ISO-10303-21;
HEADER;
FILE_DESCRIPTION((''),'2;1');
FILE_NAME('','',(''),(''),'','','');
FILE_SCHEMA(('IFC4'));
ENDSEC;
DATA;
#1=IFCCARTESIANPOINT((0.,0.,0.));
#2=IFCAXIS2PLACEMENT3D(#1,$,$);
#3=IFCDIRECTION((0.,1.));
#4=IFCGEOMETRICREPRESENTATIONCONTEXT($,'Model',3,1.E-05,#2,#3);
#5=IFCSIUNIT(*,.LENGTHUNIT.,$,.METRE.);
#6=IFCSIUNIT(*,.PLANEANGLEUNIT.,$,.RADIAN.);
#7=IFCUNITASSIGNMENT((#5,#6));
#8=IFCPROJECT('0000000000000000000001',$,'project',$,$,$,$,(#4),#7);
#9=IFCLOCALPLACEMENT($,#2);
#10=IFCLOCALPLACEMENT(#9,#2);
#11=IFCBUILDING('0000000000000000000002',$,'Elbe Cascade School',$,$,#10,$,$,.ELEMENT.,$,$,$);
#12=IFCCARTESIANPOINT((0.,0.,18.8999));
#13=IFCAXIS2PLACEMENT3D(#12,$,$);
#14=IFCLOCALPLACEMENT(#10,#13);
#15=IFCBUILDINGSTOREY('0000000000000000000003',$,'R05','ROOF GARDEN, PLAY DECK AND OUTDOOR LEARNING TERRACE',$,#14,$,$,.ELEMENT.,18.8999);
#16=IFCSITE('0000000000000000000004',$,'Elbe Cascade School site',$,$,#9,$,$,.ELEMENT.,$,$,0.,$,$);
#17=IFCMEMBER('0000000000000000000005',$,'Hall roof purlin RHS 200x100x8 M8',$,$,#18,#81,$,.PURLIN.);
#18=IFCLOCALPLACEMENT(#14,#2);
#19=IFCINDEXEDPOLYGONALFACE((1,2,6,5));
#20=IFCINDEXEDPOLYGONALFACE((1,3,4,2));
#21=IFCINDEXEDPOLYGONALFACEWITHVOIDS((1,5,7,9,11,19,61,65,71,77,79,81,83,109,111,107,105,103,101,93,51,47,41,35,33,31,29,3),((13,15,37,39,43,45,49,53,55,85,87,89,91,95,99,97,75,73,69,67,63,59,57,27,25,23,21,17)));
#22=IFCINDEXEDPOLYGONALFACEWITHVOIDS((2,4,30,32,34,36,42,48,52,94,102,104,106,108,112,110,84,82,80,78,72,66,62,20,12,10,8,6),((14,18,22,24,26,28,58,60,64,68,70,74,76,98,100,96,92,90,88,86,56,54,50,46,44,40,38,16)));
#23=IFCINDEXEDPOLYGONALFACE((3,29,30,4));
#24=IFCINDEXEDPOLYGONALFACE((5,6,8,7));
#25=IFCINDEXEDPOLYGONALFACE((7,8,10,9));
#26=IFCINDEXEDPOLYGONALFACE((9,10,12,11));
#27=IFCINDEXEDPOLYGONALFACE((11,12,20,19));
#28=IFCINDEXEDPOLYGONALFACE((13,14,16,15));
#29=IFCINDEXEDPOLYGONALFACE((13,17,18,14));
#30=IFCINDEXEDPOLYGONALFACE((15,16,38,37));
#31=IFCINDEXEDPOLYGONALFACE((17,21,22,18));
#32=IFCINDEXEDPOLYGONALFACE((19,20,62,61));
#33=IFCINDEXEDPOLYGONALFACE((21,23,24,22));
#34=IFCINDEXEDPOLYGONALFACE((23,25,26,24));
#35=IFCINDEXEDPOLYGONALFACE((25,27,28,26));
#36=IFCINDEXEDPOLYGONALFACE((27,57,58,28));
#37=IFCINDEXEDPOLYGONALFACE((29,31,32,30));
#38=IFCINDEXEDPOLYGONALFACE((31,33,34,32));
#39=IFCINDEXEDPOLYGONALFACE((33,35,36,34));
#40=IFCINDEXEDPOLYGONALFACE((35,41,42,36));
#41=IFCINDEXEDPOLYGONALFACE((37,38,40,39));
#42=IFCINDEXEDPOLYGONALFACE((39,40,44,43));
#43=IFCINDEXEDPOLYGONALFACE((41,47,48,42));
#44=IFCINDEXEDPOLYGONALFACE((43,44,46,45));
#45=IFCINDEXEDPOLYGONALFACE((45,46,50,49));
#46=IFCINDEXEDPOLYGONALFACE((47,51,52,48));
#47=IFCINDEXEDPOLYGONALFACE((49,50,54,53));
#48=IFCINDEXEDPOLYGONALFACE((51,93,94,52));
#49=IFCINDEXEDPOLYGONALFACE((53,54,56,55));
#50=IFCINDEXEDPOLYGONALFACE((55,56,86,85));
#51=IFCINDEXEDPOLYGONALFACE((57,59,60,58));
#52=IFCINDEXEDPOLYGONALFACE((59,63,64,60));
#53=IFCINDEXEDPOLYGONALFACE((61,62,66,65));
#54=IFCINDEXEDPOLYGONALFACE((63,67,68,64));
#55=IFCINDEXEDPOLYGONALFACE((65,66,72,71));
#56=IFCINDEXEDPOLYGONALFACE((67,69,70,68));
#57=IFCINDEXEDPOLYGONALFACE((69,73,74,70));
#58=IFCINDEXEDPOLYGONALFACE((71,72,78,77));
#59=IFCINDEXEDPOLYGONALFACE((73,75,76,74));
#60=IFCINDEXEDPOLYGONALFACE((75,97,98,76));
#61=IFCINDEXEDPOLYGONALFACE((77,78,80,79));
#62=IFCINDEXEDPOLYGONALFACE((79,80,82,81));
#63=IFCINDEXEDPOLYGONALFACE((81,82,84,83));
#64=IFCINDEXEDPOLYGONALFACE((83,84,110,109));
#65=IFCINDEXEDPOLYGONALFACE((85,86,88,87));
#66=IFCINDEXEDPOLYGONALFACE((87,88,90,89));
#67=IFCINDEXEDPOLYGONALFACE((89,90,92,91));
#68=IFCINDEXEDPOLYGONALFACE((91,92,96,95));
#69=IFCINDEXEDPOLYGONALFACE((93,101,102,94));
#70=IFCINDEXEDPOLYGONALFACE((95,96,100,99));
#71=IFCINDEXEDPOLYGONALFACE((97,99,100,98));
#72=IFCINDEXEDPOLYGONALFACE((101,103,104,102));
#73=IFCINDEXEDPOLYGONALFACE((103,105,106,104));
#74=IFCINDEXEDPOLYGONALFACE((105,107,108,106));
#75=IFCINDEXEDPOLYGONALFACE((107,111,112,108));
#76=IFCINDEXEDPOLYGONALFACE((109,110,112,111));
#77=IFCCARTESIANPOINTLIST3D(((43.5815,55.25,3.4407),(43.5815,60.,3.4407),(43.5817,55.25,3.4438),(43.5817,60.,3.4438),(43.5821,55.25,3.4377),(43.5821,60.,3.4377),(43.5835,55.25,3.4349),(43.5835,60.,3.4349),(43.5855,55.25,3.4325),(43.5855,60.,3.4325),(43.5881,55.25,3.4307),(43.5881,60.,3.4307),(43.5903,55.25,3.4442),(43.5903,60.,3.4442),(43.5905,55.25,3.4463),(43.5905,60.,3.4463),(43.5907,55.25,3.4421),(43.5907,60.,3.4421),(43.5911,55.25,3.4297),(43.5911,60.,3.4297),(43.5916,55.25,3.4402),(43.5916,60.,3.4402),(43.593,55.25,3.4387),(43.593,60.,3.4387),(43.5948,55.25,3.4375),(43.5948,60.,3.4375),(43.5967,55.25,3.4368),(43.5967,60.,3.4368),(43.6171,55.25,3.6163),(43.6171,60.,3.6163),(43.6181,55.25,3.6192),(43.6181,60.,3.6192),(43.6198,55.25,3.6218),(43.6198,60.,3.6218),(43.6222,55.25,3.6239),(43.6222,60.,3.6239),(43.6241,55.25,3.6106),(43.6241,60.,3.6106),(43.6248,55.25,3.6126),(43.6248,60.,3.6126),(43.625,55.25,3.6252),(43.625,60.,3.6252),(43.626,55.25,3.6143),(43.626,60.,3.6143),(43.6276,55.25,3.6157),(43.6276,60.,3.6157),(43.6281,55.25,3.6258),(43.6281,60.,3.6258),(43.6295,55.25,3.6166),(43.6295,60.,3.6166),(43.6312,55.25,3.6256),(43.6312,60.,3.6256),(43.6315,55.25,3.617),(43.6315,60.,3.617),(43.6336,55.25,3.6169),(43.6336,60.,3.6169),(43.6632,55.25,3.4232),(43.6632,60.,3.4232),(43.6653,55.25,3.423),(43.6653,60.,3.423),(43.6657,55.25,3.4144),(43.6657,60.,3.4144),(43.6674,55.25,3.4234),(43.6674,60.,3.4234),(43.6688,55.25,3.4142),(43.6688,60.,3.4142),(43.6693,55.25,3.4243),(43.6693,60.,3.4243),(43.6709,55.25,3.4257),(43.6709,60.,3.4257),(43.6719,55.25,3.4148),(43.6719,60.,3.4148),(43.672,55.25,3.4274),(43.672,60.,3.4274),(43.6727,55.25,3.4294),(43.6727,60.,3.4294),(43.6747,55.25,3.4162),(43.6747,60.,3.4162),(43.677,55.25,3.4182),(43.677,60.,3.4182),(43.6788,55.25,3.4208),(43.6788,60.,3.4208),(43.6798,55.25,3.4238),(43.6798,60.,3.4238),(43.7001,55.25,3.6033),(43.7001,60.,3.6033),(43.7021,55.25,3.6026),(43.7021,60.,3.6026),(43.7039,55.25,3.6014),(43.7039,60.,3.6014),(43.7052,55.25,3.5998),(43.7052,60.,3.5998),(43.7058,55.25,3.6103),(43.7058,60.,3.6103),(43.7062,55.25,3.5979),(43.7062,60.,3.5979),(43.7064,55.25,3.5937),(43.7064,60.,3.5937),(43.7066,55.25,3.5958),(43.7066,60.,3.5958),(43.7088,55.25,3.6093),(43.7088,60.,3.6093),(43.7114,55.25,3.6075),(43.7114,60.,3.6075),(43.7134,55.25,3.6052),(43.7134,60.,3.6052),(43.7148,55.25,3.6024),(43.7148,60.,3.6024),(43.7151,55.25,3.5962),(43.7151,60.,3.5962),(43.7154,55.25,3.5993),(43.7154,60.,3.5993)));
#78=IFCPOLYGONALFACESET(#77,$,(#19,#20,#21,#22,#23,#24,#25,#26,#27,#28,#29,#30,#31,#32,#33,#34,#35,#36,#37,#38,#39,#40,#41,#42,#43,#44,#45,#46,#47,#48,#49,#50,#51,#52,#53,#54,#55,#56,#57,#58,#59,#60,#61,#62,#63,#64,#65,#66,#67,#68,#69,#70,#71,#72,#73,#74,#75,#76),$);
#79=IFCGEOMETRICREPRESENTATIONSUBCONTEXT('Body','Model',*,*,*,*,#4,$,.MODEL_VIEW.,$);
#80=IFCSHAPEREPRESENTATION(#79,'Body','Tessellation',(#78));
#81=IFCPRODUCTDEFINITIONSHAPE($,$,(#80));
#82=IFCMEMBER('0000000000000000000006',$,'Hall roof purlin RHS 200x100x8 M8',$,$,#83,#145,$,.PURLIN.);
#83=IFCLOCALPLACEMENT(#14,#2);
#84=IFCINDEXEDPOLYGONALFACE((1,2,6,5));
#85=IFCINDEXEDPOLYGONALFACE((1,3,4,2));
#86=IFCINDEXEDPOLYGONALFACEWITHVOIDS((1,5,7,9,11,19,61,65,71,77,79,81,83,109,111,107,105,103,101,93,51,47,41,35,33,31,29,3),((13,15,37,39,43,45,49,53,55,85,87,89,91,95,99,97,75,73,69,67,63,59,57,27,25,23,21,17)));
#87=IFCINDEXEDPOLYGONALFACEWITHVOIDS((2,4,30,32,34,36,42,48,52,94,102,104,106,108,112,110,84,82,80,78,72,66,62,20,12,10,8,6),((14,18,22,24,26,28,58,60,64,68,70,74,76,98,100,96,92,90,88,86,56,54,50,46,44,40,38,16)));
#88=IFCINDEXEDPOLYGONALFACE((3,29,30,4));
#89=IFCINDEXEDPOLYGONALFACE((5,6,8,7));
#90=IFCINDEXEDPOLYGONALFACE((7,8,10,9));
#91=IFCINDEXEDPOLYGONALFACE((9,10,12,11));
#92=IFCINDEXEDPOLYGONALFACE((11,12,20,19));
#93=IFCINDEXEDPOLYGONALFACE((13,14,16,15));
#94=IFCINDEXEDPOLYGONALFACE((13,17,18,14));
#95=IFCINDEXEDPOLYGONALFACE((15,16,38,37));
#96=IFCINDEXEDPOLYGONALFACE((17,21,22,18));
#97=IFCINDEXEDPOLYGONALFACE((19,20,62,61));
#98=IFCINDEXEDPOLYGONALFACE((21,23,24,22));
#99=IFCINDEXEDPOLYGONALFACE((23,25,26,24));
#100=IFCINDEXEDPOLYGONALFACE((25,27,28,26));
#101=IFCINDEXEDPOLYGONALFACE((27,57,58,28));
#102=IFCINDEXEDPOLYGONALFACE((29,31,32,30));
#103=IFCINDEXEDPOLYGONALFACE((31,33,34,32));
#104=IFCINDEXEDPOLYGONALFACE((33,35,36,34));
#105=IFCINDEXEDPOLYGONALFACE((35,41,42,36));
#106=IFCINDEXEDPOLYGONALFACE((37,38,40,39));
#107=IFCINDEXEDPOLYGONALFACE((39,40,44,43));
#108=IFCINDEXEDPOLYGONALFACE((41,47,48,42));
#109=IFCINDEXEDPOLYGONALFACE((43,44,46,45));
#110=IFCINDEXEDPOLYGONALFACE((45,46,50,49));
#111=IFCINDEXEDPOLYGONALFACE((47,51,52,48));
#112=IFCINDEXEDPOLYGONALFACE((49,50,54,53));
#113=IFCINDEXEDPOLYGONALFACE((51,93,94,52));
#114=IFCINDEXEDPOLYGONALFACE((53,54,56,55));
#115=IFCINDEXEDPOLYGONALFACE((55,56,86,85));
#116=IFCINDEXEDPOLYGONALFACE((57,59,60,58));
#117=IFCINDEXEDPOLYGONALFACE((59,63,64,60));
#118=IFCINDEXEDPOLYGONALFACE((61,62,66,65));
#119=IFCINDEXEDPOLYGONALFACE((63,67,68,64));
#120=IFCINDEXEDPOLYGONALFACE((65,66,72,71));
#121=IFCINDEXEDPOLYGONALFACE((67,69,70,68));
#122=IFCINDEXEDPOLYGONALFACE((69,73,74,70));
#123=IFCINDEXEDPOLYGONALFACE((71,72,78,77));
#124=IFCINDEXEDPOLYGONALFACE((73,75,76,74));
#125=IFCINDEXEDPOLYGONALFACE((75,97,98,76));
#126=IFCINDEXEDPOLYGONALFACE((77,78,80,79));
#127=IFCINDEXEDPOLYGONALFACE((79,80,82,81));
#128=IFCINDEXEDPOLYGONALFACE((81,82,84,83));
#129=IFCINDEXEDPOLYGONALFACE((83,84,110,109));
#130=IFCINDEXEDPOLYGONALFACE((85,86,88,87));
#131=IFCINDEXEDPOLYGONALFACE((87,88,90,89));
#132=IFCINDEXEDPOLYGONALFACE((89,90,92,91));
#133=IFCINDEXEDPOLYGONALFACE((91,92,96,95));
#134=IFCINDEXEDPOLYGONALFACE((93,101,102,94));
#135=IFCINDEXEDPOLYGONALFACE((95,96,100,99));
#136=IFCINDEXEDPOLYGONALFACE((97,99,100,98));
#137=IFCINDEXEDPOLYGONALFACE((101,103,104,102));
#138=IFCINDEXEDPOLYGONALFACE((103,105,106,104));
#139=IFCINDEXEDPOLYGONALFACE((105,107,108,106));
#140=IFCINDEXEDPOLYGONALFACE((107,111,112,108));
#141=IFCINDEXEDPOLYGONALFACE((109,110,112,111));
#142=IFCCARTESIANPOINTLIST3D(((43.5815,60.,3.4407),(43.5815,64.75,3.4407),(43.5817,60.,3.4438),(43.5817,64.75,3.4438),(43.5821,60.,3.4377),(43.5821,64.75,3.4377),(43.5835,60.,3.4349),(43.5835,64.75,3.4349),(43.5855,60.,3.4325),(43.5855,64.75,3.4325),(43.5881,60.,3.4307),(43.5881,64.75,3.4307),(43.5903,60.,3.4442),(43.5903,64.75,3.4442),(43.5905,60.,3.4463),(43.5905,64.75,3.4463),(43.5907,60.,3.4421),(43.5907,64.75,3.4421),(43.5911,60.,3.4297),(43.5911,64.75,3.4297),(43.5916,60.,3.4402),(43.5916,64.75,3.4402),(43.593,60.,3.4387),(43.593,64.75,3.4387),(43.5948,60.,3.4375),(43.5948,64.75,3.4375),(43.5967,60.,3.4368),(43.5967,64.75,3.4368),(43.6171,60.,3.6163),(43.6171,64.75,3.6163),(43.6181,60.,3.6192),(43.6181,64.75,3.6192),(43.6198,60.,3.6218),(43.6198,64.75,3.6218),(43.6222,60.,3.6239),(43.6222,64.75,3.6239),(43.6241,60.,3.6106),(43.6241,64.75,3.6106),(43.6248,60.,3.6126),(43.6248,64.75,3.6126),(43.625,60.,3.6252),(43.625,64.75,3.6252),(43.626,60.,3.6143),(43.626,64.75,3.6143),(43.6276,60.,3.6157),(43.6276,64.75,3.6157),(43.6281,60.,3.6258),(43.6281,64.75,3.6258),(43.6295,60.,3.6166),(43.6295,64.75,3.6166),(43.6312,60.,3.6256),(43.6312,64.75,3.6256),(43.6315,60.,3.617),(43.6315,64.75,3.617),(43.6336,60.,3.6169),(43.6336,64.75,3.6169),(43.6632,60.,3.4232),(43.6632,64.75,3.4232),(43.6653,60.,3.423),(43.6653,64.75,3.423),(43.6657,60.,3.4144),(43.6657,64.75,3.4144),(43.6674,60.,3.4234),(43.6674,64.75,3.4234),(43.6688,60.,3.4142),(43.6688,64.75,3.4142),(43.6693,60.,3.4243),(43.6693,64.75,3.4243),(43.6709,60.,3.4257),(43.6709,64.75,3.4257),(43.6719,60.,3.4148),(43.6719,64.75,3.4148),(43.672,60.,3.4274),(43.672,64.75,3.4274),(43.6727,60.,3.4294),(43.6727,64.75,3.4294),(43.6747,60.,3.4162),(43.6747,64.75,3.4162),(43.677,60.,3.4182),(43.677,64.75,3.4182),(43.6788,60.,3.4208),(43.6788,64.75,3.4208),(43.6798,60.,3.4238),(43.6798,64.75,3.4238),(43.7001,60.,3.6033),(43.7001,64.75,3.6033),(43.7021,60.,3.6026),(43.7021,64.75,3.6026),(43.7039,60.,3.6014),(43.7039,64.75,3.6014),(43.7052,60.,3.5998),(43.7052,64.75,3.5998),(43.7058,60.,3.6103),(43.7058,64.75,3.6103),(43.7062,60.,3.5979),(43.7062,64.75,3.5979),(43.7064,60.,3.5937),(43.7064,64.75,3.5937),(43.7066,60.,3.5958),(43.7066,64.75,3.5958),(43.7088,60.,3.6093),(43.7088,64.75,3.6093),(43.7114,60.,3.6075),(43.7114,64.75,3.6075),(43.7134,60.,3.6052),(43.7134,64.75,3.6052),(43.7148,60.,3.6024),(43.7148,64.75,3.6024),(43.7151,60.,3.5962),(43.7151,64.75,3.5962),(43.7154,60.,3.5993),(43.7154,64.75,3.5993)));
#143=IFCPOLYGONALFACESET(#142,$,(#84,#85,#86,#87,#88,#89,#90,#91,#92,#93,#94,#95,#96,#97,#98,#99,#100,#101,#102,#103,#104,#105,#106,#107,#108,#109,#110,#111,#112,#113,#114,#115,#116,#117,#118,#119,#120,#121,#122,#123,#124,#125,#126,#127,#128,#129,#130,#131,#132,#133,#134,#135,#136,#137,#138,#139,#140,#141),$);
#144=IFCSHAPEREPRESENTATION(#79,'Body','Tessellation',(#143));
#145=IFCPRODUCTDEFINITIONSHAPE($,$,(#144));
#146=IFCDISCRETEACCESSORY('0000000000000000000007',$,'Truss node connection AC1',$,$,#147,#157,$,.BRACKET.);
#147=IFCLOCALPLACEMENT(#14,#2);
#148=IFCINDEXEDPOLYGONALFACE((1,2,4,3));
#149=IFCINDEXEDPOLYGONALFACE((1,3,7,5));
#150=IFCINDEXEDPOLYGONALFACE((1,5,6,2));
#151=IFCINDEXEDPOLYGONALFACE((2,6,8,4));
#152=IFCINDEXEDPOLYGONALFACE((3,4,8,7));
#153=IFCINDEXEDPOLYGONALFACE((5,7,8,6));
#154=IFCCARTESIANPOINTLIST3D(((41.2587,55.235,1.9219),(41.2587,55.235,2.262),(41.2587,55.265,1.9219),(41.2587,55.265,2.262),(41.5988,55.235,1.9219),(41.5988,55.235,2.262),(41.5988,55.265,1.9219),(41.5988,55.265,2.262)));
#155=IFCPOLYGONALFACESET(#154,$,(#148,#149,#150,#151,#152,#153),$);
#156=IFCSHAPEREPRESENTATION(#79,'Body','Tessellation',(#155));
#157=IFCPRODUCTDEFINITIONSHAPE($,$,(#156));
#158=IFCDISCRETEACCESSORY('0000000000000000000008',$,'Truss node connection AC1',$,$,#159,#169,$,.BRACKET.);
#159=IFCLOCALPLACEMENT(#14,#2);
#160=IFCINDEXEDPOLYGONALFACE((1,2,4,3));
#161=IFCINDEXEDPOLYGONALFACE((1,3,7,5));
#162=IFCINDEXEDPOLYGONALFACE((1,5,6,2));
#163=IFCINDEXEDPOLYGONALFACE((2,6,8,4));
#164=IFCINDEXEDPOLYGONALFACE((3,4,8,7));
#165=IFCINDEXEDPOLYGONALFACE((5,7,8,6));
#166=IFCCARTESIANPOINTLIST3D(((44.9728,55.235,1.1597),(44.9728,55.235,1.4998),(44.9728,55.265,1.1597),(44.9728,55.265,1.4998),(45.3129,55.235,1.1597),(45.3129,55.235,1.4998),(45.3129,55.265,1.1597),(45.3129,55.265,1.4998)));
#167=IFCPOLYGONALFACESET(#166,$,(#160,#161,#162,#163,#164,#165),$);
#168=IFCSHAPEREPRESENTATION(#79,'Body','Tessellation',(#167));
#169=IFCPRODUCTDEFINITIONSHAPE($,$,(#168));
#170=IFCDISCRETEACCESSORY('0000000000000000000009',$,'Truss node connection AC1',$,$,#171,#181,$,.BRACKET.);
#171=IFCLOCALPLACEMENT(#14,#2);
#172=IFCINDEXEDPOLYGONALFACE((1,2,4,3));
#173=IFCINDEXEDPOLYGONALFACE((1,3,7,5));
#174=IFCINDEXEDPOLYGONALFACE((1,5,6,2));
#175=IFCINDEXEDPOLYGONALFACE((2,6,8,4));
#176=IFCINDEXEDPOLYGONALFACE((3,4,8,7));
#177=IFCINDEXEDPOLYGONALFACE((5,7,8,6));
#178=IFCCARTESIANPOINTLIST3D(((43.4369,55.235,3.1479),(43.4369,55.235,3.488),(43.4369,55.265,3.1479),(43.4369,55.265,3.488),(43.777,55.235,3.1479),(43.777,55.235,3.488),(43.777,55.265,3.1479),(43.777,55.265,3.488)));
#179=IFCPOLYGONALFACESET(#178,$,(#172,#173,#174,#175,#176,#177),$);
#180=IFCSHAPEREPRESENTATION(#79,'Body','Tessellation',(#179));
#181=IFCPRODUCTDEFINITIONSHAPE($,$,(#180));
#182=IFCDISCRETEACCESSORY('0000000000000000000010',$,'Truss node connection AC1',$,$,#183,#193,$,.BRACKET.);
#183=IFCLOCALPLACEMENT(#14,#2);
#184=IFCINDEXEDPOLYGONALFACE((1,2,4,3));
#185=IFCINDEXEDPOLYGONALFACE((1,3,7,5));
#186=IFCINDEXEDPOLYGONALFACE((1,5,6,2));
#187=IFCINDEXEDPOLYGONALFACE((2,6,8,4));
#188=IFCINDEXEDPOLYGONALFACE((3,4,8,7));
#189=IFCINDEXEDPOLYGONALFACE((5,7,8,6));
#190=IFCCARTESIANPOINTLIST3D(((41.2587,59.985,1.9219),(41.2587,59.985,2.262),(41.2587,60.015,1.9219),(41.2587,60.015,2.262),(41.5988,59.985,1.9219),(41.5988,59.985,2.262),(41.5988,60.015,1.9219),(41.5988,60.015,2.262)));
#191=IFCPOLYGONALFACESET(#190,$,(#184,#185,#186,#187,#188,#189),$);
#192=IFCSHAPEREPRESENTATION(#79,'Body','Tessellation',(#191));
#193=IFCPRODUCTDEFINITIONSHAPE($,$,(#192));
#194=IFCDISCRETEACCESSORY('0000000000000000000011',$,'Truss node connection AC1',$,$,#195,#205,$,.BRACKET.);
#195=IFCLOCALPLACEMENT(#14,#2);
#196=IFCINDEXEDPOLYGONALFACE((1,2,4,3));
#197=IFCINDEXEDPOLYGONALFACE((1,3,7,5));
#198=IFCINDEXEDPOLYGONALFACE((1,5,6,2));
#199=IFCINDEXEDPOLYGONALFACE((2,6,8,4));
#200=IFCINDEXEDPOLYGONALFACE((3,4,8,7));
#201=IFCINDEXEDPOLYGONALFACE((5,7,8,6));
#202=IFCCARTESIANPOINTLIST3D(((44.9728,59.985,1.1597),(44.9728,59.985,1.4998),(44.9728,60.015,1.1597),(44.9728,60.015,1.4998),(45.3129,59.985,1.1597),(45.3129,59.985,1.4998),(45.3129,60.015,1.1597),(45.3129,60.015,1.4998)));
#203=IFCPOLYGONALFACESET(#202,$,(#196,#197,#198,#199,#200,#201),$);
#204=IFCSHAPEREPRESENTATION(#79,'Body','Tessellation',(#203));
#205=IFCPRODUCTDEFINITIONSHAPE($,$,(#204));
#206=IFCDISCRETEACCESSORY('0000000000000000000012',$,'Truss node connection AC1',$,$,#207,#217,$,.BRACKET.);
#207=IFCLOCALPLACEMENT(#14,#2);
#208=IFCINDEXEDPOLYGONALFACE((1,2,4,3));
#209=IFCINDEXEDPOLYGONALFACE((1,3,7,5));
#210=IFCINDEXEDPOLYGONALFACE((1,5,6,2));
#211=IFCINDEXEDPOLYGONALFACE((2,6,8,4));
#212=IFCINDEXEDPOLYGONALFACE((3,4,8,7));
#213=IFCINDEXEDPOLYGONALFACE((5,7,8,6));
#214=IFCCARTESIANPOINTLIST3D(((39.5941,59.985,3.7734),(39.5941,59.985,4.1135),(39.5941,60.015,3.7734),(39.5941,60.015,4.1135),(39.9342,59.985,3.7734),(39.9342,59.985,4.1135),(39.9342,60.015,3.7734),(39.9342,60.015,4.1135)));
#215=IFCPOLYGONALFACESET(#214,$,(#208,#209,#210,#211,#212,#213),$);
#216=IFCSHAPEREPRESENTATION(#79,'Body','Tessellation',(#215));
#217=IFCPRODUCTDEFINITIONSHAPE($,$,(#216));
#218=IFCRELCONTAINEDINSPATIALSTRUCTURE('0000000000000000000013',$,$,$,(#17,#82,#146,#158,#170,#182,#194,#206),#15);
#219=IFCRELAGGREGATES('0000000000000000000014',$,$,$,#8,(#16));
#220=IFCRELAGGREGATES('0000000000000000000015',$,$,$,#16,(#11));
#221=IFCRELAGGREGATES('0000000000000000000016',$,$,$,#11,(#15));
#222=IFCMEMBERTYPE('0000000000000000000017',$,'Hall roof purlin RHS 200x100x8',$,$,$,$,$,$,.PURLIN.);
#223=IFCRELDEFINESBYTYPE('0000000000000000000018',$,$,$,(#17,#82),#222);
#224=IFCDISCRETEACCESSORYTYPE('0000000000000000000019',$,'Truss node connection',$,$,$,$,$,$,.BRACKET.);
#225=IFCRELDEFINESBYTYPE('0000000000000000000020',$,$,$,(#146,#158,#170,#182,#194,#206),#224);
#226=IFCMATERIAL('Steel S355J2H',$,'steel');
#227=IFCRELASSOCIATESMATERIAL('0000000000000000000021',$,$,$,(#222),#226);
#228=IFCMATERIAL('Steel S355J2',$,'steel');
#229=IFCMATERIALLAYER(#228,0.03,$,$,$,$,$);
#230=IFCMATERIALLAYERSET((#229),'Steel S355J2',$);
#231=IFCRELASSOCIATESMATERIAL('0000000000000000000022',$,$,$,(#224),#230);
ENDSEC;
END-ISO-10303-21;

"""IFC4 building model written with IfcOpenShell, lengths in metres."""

from ifc_helpers import new_model, si_unit, direction, frame, origin, origin_2d, place, context, subcontext, project, spatial, rectangle, hollow_rectangle, extrude, material, layer, layer_set, material_profile, profile_set, type_object, element, save


model = new_model("IFC4")

# Units and contexts
model_context = context("Model", 3, precision=1e-05, world=origin(), true_north=direction((0.0, 1.0)))
body_context = subcontext(model_context, "Body", "Model", "MODEL_VIEW")
ifc_project = project(units=[si_unit("LENGTHUNIT", "METRE"), si_unit("PLANEANGLEUNIT", "RADIAN")], contexts=[model_context])

# Site, building, storey
site_placement = place(None, origin())
site = spatial("IfcSite", under=ifc_project, at=site_placement, Name="Elbe Cascade School site", CompositionType="ELEMENT", RefElevation=0.0)
building_placement = place(site_placement, origin())
building = spatial("IfcBuilding", under=site, at=building_placement, Name="Elbe Cascade School", CompositionType="ELEMENT")
storey_placement = place(building_placement, frame((0.0, 0.0, 18.8999)))
storey = spatial("IfcBuildingStorey", under=building, at=storey_placement, Name="R05", Description="ROOF GARDEN, PLAY DECK AND OUTDOOR LEARNING TERRACE", CompositionType="ELEMENT", Elevation=18.8999)

# Members
ifc_material_1 = material(Name="Steel S355J2H", Category="steel")
ifc_material_profile_1 = material_profile(ifc_material_1, hollow_rectangle(XDim=0.1001, YDim=0.2, WallThickness=0.0081, InnerFilletRadius=0.0081, OuterFilletRadius=0.012, at=origin_2d()), Name="RHS 200x100x8")
ifc_profile_set_1 = profile_set([ifc_material_profile_1], Name="Steel S355J2H")
member_type_1 = type_object("IfcMemberType", Name="Hall roof purlin RHS 200x100x8", PredefinedType="PURLIN", material=ifc_profile_set_1)
for number, where, z_axis, x_axis, name in (
    (1, (43.6484, 55.25, 3.52), (0.0, 1.0, 0.0), (-0.979638, 0.0, 0.200772), "Hall roof purlin RHS 200x100x8 M8"),
    (2, (43.6484, 60.0, 3.52), (0.0, 1.0, 0.0), (-0.979638, 0.0, 0.200772), "Hall roof purlin RHS 200x100x8 M8"),
):
    element("IfcMember", number, at=place(storey_placement, frame(where, z_axis=z_axis, x_axis=x_axis)), inside=storey, type_object=member_type_1, Name=name, PredefinedType="PURLIN", context=body_context, shape_type="SweptSolid", body=[
        extrude(hollow_rectangle(XDim=0.1001, YDim=0.2, WallThickness=0.0081, InnerFilletRadius=0.0081, OuterFilletRadius=0.012, at=origin_2d()), origin(), (0.0, 0.0, 1.0), 4.75),
    ])

# Discrete accessories
ifc_material_2 = material(Name="Steel S355J2", Category="steel")
ifc_layer = layer(ifc_material_2, 0.03)
ifc_layer_set = layer_set([ifc_layer], Name="Steel S355J2")
discrete_accessory_type = type_object("IfcDiscreteAccessoryType", Name="Truss node connection", PredefinedType="BRACKET", material=ifc_layer_set)
for number, where, z_axis, x_axis, name in (
    (3, (41.4287, 55.25, 1.9219), (0.0, 0.0, 1.0), (1.0, 0.0, 0.0), "Truss node connection AC1"),
    (4, (45.1428, 55.25, 1.1597), (0.0, 0.0, 1.0), (1.0, 0.0, 0.0), "Truss node connection AC1"),
    (5, (43.6069, 55.25, 3.1479), (0.0, 0.0, 1.0), (1.0, 0.0, 0.0), "Truss node connection AC1"),
    (6, (41.4287, 60.0, 1.9219), (0.0, 0.0, 1.0), (1.0, 0.0, 0.0), "Truss node connection AC1"),
    (7, (45.1428, 60.0, 1.1597), (0.0, 0.0, 1.0), (1.0, 0.0, 0.0), "Truss node connection AC1"),
    (8, (39.7642, 60.0, 3.7734), (0.0, 0.0, 1.0), (1.0, 0.0, 0.0), "Truss node connection AC1"),
):
    element("IfcDiscreteAccessory", number, at=place(storey_placement, frame(where, z_axis=z_axis, x_axis=x_axis)), inside=storey, type_object=discrete_accessory_type, Name=name, PredefinedType="BRACKET", context=body_context, shape_type="SweptSolid", body=[
        extrude(rectangle(XDim=0.3401, YDim=0.03, at=origin_2d()), origin(), (0.0, 0.0, 1.0), 0.3401),
    ])

save(model, "model.ifc")
